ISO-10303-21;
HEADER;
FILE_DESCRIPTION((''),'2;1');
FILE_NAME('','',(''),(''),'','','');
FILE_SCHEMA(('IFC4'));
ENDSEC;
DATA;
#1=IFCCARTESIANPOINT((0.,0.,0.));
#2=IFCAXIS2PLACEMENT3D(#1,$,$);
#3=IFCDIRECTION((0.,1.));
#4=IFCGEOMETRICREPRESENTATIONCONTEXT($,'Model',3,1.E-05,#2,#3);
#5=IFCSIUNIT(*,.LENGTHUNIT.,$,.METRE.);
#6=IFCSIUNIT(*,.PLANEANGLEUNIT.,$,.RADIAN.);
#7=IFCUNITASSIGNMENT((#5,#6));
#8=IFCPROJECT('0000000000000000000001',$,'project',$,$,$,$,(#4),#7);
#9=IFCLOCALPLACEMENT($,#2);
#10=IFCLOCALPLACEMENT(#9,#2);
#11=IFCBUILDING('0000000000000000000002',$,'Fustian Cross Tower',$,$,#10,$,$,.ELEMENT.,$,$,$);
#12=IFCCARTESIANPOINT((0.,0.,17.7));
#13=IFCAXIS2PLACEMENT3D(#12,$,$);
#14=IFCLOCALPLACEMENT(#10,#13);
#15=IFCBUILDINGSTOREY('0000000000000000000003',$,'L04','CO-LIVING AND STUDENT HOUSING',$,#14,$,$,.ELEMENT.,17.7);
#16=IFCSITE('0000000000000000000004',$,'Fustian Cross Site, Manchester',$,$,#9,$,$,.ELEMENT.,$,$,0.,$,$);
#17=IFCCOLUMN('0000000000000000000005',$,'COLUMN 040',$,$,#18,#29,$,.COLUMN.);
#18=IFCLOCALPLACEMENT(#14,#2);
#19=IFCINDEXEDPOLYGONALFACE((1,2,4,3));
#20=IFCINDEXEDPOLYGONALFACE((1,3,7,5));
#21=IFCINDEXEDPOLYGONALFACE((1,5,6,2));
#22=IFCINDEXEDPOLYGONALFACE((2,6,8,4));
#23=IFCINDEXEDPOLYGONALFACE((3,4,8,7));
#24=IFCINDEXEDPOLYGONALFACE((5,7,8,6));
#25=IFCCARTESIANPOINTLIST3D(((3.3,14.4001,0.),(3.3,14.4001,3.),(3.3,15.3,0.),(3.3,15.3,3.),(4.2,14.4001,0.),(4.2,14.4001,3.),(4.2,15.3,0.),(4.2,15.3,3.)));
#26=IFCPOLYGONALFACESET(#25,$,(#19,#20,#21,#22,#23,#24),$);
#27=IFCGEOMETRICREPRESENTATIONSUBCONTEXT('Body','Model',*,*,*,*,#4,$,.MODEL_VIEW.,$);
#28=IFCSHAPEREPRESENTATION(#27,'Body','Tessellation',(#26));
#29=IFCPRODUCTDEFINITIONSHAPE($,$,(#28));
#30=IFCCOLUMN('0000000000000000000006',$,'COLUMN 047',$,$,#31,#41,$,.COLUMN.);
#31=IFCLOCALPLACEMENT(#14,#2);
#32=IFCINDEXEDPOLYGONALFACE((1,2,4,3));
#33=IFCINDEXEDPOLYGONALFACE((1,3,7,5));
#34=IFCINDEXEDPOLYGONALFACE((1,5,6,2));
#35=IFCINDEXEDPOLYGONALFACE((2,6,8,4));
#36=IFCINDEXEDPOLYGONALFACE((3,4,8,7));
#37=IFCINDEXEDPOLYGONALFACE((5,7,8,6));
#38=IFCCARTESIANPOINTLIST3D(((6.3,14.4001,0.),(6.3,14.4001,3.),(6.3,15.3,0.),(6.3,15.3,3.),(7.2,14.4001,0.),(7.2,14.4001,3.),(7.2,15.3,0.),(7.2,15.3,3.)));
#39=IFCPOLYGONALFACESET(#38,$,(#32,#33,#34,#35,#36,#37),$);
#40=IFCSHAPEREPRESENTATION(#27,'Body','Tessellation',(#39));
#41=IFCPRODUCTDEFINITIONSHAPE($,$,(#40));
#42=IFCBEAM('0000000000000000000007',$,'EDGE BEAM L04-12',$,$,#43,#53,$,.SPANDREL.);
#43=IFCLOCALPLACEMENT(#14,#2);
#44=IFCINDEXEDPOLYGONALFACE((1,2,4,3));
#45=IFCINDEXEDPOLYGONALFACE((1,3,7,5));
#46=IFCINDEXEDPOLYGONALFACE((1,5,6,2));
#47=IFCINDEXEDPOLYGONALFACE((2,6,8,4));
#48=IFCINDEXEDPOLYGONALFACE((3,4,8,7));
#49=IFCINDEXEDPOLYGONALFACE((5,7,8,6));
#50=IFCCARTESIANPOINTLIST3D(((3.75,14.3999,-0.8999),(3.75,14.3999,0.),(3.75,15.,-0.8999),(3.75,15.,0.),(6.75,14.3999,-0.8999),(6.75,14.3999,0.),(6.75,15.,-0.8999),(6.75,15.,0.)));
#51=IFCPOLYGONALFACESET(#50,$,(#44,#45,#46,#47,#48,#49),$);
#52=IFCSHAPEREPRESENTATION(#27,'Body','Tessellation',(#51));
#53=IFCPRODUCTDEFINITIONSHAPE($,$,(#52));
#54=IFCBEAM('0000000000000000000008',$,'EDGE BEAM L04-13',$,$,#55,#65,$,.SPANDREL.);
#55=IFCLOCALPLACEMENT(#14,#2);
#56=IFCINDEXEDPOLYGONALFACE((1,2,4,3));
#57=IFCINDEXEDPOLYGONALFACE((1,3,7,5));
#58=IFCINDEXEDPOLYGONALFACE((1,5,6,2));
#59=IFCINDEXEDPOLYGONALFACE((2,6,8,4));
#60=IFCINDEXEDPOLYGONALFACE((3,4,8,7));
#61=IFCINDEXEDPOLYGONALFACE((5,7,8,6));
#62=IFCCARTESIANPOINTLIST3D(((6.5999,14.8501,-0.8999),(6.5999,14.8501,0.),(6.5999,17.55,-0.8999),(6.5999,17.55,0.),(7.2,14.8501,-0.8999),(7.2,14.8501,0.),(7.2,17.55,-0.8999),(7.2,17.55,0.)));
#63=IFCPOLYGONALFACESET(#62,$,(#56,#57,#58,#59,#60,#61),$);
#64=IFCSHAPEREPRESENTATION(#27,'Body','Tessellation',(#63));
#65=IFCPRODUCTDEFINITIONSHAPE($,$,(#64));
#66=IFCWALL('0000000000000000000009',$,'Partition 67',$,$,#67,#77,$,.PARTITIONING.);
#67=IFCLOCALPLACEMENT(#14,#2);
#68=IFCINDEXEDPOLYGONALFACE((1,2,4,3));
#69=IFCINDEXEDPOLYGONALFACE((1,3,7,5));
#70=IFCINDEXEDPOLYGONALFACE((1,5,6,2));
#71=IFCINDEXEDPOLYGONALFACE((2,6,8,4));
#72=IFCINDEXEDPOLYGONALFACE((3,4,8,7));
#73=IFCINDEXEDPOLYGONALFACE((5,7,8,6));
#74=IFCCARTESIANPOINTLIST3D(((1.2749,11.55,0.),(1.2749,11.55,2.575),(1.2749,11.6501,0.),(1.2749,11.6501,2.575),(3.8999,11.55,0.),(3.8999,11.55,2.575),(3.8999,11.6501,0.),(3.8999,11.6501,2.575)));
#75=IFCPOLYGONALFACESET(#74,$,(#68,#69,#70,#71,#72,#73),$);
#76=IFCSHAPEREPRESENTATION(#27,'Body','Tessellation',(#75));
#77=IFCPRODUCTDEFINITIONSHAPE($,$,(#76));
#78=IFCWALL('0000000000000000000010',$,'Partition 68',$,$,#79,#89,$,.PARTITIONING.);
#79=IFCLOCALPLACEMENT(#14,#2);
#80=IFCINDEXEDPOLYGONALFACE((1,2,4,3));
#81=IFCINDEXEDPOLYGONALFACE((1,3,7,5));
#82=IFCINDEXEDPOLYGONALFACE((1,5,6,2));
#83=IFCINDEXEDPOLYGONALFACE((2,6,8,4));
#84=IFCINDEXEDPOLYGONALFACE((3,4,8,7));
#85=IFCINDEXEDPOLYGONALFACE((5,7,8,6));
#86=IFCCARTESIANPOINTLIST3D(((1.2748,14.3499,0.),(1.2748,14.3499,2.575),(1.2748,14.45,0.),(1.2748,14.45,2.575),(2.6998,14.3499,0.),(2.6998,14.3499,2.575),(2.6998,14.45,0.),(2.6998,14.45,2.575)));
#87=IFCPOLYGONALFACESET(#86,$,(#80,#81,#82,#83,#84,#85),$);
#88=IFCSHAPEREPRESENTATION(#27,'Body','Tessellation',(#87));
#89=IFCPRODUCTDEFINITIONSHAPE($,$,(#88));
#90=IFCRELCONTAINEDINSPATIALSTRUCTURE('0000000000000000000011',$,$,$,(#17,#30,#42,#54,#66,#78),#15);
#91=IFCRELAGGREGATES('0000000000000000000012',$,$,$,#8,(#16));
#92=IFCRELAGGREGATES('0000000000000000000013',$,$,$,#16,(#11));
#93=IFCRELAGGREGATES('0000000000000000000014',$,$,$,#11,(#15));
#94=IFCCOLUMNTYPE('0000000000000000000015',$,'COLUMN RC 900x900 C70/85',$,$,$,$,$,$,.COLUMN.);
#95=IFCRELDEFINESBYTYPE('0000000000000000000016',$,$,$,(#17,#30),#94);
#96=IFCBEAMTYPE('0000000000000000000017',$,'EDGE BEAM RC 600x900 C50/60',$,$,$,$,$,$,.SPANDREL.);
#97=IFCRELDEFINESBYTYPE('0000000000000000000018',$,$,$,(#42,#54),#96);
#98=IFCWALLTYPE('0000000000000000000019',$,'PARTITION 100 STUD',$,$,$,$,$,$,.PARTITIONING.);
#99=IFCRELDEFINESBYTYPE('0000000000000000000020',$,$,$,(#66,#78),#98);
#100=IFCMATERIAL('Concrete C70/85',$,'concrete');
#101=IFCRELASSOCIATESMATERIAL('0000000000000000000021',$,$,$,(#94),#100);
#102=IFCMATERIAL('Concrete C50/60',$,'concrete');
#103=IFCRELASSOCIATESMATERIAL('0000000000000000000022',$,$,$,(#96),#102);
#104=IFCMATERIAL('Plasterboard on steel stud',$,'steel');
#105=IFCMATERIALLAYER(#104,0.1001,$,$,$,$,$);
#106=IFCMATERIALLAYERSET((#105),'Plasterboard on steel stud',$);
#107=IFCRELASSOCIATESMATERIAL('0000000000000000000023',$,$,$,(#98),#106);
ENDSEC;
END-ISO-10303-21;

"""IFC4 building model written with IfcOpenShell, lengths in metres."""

from ifc_helpers import new_model, si_unit, direction, frame, frame_2d, origin, origin_2d, place, context, subcontext, project, spatial, rectangle, extrude, material, layer, layer_set, material_profile, profile_set, type_object, element, save


model = new_model("IFC4")

# Units and contexts
model_context = context("Model", 3, precision=1e-05, world=origin(), true_north=direction((0.0, 1.0)))
body_context = subcontext(model_context, "Body", "Model", "MODEL_VIEW")
ifc_project = project(units=[si_unit("LENGTHUNIT", "METRE"), si_unit("PLANEANGLEUNIT", "RADIAN")], contexts=[model_context])

# Site, building, storey
site_placement = place(None, origin())
site = spatial("IfcSite", under=ifc_project, at=site_placement, Name="Fustian Cross Site, Manchester", CompositionType="ELEMENT", RefElevation=0.0)
building_placement = place(site_placement, origin())
building = spatial("IfcBuilding", under=site, at=building_placement, Name="Fustian Cross Tower", CompositionType="ELEMENT")
storey_placement = place(building_placement, frame((0.0, 0.0, 17.7)))
storey = spatial("IfcBuildingStorey", under=building, at=storey_placement, Name="L04", Description="CO-LIVING AND STUDENT HOUSING", CompositionType="ELEMENT", Elevation=17.7)

# Columns
ifc_material_1 = material(Name="Concrete C70/85", Category="concrete")
ifc_material_profile_1 = material_profile(ifc_material_1, rectangle(XDim=0.8999, YDim=0.8999, at=origin_2d()), Name="RC 900x900")
ifc_profile_set_1 = profile_set([ifc_material_profile_1], Name="Concrete C70/85")
column_type = type_object("IfcColumnType", Name="COLUMN RC 900x900 C70/85", PredefinedType="COLUMN", material=ifc_profile_set_1)
for number, where, z_axis, x_axis, name in (
    (1, (3.75, 14.8501, 0.0), (0.0, 0.0, 1.0), (1.0, 0.0, 0.0), "COLUMN 040"),
    (2, (6.75, 14.8501, 0.0), (0.0, 0.0, 1.0), (1.0, 0.0, 0.0), "COLUMN 047"),
):
    element("IfcColumn", number, at=place(storey_placement, frame(where, z_axis=z_axis, x_axis=x_axis)), inside=storey, type_object=column_type, Name=name, PredefinedType="COLUMN", context=body_context, shape_type="SweptSolid", body=[
        extrude(rectangle(XDim=0.8999, YDim=0.8999, at=origin_2d()), origin(), (0.0, 0.0, 1.0), 3.0),
    ])

# Beams
ifc_material_2 = material(Name="Concrete C50/60", Category="concrete")
ifc_material_profile_2 = material_profile(ifc_material_2, rectangle(XDim=0.6001, YDim=0.8999, at=origin_2d()), Name="RC 600x900")
ifc_profile_set_2 = profile_set([ifc_material_profile_2], Name="Concrete C50/60")
beam_type = type_object("IfcBeamType", Name="EDGE BEAM RC 600x900 C50/60", PredefinedType="SPANDREL", material=ifc_profile_set_2)
beam_1_placement = place(storey_placement, frame((3.75, 14.7, -0.45), z_axis=(1.0, 0.0, 0.0), x_axis=(0.0, 1.0, 0.0)))
element("IfcBeam", 3, at=beam_1_placement, inside=storey, type_object=beam_type, Name="EDGE BEAM L04-12", PredefinedType="SPANDREL", context=body_context, shape_type="SweptSolid", body=[
    extrude(rectangle(XDim=0.6001, YDim=0.8999, at=origin_2d()), origin(), (0.0, 0.0, 1.0), 3.0),
])
beam_2_placement = place(storey_placement, frame((6.8999, 14.8501, -0.45), z_axis=(0.0, 1.0, 0.0), x_axis=(-1.0, 0.0, 0.0)))
element("IfcBeam", 4, at=beam_2_placement, inside=storey, type_object=beam_type, Name="EDGE BEAM L04-13", PredefinedType="SPANDREL", context=body_context, shape_type="SweptSolid", body=[
    extrude(rectangle(XDim=0.6001, YDim=0.8999, at=origin_2d()), origin(), (0.0, 0.0, 1.0), 2.7),
])

# Walls
ifc_material_3 = material(Name="Plasterboard on steel stud", Category="steel")
ifc_layer_1 = layer(ifc_material_3, 0.1001)
ifc_layer_set_1 = layer_set([ifc_layer_1], Name="Plasterboard on steel stud")
wall_type_1 = type_object("IfcWallType", Name="PARTITION 100 STUD", PredefinedType="PARTITIONING", material=ifc_layer_set_1)
wall_1_placement = place(storey_placement, frame((1.2749, 11.6001, 0.0), z_axis=(0.0, 0.0, 1.0), x_axis=(1.0, 0.0, 0.0)))
element("IfcWall", 5, at=wall_1_placement, inside=storey, type_object=wall_type_1, Name="Partition 67", PredefinedType="PARTITIONING", context=body_context, shape_type="SweptSolid", body=[
    extrude(rectangle(XDim=2.625, YDim=0.1001, at=frame_2d((1.3125, 0.0))), origin(), (0.0, 0.0, 1.0), 2.575),
])
wall_2_placement = place(storey_placement, frame((1.2749, 14.3999, 0.0), z_axis=(0.0, 0.0, 1.0), x_axis=(1.0, 0.0, 0.0)))
element("IfcWall", 6, at=wall_2_placement, inside=storey, type_object=wall_type_1, Name="Partition 68", PredefinedType="PARTITIONING", context=body_context, shape_type="SweptSolid", body=[
    extrude(rectangle(XDim=1.425, YDim=0.1001, at=frame_2d((0.7124, 0.0))), origin(), (0.0, 0.0, 1.0), 2.575),
])

save(model, "model.ifc")
